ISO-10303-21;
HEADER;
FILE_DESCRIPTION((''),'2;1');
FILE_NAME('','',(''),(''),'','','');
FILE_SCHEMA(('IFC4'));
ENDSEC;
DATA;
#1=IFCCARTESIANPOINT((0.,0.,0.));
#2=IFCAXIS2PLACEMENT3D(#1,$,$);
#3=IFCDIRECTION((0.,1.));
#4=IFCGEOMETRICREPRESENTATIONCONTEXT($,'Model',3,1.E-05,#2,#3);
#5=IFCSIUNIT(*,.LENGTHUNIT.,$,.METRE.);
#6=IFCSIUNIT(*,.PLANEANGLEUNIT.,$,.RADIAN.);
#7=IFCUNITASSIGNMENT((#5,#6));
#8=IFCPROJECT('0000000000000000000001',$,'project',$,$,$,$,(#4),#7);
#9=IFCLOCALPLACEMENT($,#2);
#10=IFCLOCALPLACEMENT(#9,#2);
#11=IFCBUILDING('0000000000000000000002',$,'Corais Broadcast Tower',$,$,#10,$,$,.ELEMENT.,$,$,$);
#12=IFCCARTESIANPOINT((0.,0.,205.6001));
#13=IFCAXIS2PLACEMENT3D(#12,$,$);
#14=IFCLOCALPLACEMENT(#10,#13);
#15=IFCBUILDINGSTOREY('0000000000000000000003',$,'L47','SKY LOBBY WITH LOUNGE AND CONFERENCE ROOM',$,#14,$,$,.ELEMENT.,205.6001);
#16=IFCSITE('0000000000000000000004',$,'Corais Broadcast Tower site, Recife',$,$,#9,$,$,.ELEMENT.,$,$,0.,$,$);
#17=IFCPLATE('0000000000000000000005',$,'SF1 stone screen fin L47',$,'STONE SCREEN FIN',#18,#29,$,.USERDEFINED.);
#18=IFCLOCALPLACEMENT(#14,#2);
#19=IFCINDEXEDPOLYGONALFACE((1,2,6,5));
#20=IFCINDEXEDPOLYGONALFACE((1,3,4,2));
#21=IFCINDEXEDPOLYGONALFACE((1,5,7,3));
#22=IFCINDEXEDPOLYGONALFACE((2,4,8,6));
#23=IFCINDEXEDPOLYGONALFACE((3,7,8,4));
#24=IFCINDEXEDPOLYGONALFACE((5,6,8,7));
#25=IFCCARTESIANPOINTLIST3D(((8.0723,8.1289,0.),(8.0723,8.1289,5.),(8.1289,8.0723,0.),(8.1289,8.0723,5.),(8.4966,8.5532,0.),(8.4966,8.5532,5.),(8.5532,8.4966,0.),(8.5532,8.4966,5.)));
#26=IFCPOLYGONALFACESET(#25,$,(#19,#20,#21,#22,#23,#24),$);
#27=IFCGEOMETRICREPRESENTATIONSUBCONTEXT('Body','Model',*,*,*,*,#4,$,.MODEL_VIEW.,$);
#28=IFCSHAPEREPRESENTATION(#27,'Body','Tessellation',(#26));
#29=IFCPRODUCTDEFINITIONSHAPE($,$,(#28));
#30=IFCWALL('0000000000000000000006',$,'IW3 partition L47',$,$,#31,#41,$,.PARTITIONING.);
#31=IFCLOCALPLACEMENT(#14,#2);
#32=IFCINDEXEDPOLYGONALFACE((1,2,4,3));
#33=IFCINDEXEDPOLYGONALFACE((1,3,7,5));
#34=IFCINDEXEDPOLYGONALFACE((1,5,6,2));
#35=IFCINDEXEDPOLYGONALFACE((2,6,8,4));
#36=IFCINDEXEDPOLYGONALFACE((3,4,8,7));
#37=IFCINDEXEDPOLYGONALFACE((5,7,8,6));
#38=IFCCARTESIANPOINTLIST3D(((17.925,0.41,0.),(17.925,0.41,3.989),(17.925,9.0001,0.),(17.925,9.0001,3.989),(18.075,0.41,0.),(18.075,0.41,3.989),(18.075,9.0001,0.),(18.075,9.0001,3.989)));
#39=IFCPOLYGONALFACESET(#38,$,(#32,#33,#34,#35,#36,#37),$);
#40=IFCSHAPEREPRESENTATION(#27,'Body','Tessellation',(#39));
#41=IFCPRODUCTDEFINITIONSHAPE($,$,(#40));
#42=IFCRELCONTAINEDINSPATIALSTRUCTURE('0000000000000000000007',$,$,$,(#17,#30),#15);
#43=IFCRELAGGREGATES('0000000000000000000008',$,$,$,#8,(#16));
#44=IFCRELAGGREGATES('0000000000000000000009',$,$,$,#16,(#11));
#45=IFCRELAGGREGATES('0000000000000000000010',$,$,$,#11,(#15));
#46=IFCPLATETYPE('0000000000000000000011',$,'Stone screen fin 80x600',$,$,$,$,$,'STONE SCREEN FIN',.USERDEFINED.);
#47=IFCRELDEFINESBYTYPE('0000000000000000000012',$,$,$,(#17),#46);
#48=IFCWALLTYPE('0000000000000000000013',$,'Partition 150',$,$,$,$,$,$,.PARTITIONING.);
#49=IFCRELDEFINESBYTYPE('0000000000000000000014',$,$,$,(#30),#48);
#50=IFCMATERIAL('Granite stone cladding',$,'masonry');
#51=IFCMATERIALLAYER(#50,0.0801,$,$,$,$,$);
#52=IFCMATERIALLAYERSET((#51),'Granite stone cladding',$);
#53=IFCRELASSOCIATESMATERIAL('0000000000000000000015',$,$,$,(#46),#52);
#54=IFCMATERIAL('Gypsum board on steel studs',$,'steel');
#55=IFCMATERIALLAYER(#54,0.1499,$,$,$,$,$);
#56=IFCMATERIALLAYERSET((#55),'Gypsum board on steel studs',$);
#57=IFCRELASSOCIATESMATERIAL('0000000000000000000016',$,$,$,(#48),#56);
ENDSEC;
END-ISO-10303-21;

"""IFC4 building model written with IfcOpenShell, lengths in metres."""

from ifc_helpers import new_model, si_unit, direction, frame, frame_2d, origin, origin_2d, place, context, subcontext, project, spatial, rectangle, extrude, material, layer, layer_set, type_object, element, save


model = new_model("IFC4")

# Units and contexts
model_context = context("Model", 3, precision=1e-05, world=origin(), true_north=direction((0.0, 1.0)))
body_context = subcontext(model_context, "Body", "Model", "MODEL_VIEW")
ifc_project = project(units=[si_unit("LENGTHUNIT", "METRE"), si_unit("PLANEANGLEUNIT", "RADIAN")], contexts=[model_context])

# Site, building, storey
site_placement = place(None, origin())
site = spatial("IfcSite", under=ifc_project, at=site_placement, Name="Corais Broadcast Tower site, Recife", CompositionType="ELEMENT", RefElevation=0.0)
building_placement = place(site_placement, origin())
building = spatial("IfcBuilding", under=site, at=building_placement, Name="Corais Broadcast Tower", CompositionType="ELEMENT")
storey_placement = place(building_placement, frame((0.0, 0.0, 205.6001)))
storey = spatial("IfcBuildingStorey", under=building, at=storey_placement, Name="L47", Description="SKY LOBBY WITH LOUNGE AND CONFERENCE ROOM", CompositionType="ELEMENT", Elevation=205.6001)

# Plate
ifc_material_1 = material(Name="Granite stone cladding", Category="masonry")
ifc_layer_1 = layer(ifc_material_1, 0.0801)
ifc_layer_set_1 = layer_set([ifc_layer_1], Name="Granite stone cladding")
plate_type_1 = type_object("IfcPlateType", Name="Stone screen fin 80x600", ElementType="STONE SCREEN FIN", PredefinedType="USERDEFINED", material=ifc_layer_set_1)
plate_1_placement = place(storey_placement, frame((8.3127, 8.3127, 0.0), z_axis=(0.0, 0.0, 1.0), x_axis=(-0.707107, 0.707107, 0.0)))
element("IfcPlate", 1, at=plate_1_placement, inside=storey, type_object=plate_type_1, Name="SF1 stone screen fin L47", ObjectType="STONE SCREEN FIN", PredefinedType="USERDEFINED", context=body_context, shape_type="SweptSolid", body=[
    extrude(rectangle(XDim=0.0801, YDim=0.6001, at=origin_2d()), origin(), (0.0, 0.0, 1.0), 5.0),
])

# Wall
ifc_material_2 = material(Name="Gypsum board on steel studs", Category="steel")
ifc_layer_2 = layer(ifc_material_2, 0.1499)
ifc_layer_set_2 = layer_set([ifc_layer_2], Name="Gypsum board on steel studs")
wall_type = type_object("IfcWallType", Name="Partition 150", PredefinedType="PARTITIONING", material=ifc_layer_set_2)
wall_placement = place(storey_placement, frame((18.0, 9.0, 0.0), z_axis=(0.0, 0.0, 1.0), x_axis=(0.0, -1.0, 0.0)))
element("IfcWall", 2, at=wall_placement, inside=storey, type_object=wall_type, Name="IW3 partition L47", PredefinedType="PARTITIONING", context=body_context, shape_type="SweptSolid", body=[
    extrude(rectangle(XDim=8.5901, YDim=0.1499, at=frame_2d((4.2949, 0.0))), origin(), (0.0, 0.0, 1.0), 3.989),
])

save(model, "model.ifc")
